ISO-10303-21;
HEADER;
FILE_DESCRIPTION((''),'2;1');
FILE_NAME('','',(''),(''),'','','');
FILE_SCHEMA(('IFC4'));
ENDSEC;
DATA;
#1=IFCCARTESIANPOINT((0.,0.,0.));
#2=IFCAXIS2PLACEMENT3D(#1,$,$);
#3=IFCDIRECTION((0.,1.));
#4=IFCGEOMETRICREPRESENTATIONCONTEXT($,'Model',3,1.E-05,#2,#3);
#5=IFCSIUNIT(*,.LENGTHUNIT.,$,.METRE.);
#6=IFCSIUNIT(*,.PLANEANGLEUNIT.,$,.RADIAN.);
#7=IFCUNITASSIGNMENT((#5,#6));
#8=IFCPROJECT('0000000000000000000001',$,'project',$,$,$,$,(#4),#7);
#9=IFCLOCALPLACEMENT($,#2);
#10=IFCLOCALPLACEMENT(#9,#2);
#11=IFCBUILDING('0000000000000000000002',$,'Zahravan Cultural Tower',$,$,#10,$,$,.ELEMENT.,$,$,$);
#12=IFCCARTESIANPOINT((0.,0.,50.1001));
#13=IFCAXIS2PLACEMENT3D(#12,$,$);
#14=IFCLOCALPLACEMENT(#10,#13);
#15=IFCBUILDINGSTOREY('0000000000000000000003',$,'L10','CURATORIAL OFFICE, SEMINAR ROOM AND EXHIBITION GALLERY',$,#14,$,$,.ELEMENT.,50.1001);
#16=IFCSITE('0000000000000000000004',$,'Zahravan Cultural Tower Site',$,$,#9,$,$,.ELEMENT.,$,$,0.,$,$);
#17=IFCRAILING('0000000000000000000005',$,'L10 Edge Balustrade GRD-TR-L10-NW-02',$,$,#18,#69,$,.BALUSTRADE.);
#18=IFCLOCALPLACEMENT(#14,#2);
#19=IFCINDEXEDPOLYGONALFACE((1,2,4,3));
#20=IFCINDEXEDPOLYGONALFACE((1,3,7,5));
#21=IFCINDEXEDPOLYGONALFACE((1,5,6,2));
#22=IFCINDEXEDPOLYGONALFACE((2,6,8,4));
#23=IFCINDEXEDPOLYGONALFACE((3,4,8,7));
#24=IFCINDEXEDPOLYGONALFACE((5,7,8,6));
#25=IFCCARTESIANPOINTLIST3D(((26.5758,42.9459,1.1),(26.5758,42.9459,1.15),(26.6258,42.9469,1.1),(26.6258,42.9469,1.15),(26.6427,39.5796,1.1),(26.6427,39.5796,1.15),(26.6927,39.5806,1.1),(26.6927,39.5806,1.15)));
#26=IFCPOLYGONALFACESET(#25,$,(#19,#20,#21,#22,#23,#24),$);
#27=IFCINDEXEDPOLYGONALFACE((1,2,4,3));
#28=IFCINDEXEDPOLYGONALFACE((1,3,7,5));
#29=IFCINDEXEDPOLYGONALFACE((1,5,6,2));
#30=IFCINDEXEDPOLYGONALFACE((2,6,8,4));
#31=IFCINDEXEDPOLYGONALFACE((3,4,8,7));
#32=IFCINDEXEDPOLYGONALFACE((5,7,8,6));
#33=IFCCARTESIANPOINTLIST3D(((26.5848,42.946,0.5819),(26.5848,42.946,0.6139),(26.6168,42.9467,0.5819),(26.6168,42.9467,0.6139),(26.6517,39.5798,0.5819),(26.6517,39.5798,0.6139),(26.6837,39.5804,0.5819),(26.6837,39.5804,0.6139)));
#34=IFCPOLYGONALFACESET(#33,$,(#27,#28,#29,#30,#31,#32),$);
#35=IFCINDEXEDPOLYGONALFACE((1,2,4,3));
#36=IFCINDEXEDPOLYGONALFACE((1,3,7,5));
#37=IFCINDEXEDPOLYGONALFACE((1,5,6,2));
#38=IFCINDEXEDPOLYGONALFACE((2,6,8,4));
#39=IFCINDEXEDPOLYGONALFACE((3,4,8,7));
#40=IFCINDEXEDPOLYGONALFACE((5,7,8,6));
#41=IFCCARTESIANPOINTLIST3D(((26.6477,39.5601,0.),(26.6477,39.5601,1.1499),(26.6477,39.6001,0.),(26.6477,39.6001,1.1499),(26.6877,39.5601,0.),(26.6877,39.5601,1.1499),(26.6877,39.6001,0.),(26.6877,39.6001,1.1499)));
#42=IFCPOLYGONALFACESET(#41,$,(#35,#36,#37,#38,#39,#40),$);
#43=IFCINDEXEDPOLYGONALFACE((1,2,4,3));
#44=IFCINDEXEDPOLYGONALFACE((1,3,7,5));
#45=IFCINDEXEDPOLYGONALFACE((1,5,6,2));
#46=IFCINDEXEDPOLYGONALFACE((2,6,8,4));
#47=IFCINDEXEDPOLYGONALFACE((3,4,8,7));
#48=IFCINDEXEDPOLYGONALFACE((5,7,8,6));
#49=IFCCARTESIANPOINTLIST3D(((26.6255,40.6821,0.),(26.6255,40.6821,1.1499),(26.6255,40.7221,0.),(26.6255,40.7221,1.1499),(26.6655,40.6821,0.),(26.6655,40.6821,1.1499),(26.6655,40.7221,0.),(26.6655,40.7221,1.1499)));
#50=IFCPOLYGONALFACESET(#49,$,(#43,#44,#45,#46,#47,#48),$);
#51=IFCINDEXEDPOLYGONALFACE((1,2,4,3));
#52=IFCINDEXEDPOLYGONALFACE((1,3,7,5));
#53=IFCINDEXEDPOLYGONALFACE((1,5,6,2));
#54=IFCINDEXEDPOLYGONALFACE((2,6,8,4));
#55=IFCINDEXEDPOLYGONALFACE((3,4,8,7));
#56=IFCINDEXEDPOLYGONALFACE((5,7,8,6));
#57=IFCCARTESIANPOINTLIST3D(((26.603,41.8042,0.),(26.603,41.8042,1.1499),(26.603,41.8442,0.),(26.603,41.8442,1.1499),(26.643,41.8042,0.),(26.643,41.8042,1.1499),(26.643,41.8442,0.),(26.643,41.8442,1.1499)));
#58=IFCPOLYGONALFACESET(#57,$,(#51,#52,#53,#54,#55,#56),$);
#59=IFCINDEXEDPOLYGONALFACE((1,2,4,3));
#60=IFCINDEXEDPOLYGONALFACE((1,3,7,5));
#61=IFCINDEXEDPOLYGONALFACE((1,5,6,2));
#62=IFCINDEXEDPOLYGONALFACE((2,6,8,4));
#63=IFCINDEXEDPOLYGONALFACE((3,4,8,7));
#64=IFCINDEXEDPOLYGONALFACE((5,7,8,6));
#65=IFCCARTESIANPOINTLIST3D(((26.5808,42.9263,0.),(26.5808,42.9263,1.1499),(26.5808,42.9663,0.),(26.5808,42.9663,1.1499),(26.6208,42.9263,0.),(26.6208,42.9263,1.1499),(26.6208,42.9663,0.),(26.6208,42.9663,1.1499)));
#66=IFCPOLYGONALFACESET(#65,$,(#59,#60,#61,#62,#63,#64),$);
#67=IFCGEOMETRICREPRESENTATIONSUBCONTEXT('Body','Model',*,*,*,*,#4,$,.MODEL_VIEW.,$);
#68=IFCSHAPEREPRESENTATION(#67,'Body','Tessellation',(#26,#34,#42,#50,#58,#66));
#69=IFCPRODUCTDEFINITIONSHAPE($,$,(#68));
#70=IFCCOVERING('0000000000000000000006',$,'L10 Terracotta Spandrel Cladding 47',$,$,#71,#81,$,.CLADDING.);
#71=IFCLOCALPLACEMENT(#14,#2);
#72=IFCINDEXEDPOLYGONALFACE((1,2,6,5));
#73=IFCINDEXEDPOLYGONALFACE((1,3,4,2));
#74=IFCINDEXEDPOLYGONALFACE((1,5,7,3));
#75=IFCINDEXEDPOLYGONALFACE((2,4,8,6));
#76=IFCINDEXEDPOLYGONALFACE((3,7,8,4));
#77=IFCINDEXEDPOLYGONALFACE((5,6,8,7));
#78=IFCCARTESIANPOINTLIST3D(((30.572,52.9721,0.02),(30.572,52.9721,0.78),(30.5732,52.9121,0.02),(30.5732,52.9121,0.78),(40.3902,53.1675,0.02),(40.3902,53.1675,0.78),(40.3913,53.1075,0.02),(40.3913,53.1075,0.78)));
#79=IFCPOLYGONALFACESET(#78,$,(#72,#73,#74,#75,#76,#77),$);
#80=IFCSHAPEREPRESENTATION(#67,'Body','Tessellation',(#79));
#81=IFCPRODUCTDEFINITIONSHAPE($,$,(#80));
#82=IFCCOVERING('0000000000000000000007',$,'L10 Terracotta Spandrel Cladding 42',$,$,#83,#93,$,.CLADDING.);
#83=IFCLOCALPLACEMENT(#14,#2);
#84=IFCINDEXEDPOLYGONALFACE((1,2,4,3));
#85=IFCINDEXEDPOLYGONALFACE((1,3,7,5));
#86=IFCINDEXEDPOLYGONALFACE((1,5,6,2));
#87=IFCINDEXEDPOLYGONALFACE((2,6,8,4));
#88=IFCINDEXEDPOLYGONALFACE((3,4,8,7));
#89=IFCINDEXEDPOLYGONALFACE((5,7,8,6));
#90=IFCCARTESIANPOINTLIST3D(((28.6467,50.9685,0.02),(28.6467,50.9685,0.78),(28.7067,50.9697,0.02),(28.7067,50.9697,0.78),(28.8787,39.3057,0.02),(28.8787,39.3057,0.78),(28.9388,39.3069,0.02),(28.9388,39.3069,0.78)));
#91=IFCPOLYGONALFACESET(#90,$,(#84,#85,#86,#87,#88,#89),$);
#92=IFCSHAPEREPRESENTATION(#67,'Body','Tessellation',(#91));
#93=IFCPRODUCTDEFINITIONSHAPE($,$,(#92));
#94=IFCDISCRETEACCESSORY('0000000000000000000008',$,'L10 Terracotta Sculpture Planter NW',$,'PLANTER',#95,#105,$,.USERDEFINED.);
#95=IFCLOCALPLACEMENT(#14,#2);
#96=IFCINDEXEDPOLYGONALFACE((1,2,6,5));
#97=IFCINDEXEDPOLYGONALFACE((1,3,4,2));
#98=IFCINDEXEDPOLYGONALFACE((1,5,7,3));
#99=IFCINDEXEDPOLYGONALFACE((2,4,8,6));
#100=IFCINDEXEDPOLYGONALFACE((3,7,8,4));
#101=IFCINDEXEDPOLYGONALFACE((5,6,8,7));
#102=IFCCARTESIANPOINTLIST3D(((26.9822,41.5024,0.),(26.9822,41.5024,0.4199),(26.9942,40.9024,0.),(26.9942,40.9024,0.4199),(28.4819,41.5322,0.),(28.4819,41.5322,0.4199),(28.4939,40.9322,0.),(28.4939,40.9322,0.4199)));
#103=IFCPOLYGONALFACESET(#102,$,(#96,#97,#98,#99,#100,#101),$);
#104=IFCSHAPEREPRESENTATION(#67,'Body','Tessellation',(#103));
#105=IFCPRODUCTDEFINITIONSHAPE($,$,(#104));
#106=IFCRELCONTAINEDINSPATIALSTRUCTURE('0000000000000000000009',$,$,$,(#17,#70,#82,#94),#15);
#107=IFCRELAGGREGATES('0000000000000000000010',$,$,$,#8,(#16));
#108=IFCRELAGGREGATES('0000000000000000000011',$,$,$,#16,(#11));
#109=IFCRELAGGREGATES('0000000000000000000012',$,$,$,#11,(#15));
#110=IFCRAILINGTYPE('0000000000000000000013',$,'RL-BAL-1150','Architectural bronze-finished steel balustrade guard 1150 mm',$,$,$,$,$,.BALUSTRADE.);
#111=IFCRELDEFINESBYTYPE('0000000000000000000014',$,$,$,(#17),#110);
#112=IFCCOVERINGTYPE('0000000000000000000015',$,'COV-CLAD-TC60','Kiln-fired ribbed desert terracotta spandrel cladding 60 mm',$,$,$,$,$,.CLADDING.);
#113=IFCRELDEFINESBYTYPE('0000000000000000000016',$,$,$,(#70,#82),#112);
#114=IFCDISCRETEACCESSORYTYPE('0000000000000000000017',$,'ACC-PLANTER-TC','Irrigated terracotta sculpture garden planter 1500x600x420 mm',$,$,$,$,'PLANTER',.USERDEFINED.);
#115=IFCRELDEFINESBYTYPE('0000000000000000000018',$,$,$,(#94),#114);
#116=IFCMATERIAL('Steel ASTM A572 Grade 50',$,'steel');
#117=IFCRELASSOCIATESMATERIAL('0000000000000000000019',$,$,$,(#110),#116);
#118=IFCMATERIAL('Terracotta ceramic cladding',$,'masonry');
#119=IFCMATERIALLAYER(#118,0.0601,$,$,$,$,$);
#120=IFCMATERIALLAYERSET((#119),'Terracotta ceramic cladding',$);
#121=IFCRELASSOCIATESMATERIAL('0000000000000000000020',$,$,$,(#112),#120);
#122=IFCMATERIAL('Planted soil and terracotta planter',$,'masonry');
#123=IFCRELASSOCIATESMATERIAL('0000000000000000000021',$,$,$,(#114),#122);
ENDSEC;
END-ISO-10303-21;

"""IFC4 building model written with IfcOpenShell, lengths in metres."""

from ifc_helpers import new_model, si_unit, direction, frame, origin, origin_2d, place, context, subcontext, project, spatial, rectangle, extrude, source, transform, mapped, material, layer, layer_set, type_object, element, save


model = new_model("IFC4")

# Units and contexts
model_context = context("Model", 3, precision=1e-05, world=origin(), true_north=direction((0.0, 1.0)))
body_context = subcontext(model_context, "Body", "Model", "MODEL_VIEW")
ifc_project = project(units=[si_unit("LENGTHUNIT", "METRE"), si_unit("PLANEANGLEUNIT", "RADIAN")], contexts=[model_context])

# Site, building, storey
site_placement = place(None, origin())
site = spatial("IfcSite", under=ifc_project, at=site_placement, Name="Zahravan Cultural Tower Site", CompositionType="ELEMENT", RefElevation=0.0)
building_placement = place(site_placement, origin())
building = spatial("IfcBuilding", under=site, at=building_placement, Name="Zahravan Cultural Tower", CompositionType="ELEMENT")
storey_placement = place(building_placement, frame((0.0, 0.0, 50.1001)))
storey = spatial("IfcBuildingStorey", under=building, at=storey_placement, Name="L10", Description="CURATORIAL OFFICE, SEMINAR ROOM AND EXHIBITION GALLERY", CompositionType="ELEMENT", Elevation=50.1001)

# Shared definitions
ifc_material_1 = material(Name="Steel ASTM A572 Grade 50", Category="steel")

# Railing
railing_type = type_object("IfcRailingType", Name="RL-BAL-1150", Description="Architectural bronze-finished steel balustrade guard 1150 mm", PredefinedType="BALUSTRADE", material=ifc_material_1)
railing_placement = place(storey_placement, frame((26.6677, 39.5801, 0.0)))
element("IfcRailing", 1, at=railing_placement, inside=storey, type_object=railing_type, Name="L10 Edge Balustrade GRD-TR-L10-NW-02", PredefinedType="BALUSTRADE", context=body_context, shape_type="SweptSolid", body=[
    extrude(rectangle(XDim=0.05, YDim=0.05, at=origin_2d()), frame((0.0, 0.0, 1.125), z_axis=(-0.019868, 0.999803, 0.0), x_axis=(-0.999803, -0.019868, 0.0)), (0.0, 0.0, 1.0), 3.3669),
    extrude(rectangle(XDim=0.032, YDim=0.032, at=origin_2d()), frame((0.0, 0.0, 0.5979), z_axis=(-0.019868, 0.999803, 0.0), x_axis=(-0.999803, -0.019868, 0.0)), (0.0, 0.0, 1.0), 3.3669),
    extrude(rectangle(XDim=0.04, YDim=0.04, at=origin_2d()), origin(), (0.0, 0.0, 1.0), 1.1499),
    extrude(rectangle(XDim=0.04, YDim=0.04, at=origin_2d()), frame((-0.0222, 1.1221, 0.0)), (0.0, 0.0, 1.0), 1.1499),
    extrude(rectangle(XDim=0.04, YDim=0.04, at=origin_2d()), frame((-0.0447, 2.2441, 0.0)), (0.0, 0.0, 1.0), 1.1499),
    extrude(rectangle(XDim=0.04, YDim=0.04, at=origin_2d()), frame((-0.0669, 3.3662, 0.0)), (0.0, 0.0, 1.0), 1.1499),
])

# Coverings
ifc_material_2 = material(Name="Terracotta ceramic cladding", Category="masonry")
ifc_layer_1 = layer(ifc_material_2, 0.0601)
ifc_layer_set_1 = layer_set([ifc_layer_1], Name="Terracotta ceramic cladding")
covering_type = type_object("IfcCoveringType", Name="COV-CLAD-TC60", Description="Kiln-fired ribbed desert terracotta spandrel cladding 60 mm", PredefinedType="CLADDING", material=ifc_layer_set_1)
shared_shape_1 = source(origin(), body_context, "Body", "SweptSolid", [
    extrude(rectangle(XDim=9.8201, YDim=0.0601, at=origin_2d()), origin(), (0.0, 0.0, 1.0), 0.76),
])
covering_1_placement = place(storey_placement, frame((35.4817, 53.0398, 0.02), z_axis=(0.0, 0.0, 1.0), x_axis=(0.999802, 0.019895, 0.0)))
element("IfcCovering", 2, at=covering_1_placement, inside=storey, type_object=covering_type, Name="L10 Terracotta Spandrel Cladding 47", PredefinedType="CLADDING", context=body_context, shape_type="MappedRepresentation", body=[
    mapped(shared_shape_1, transform((0.0, 0.0, 0.0), x_axis=(1.0, 0.0, 0.0), y_axis=(0.0, 1.0, 0.0), z_axis=(0.0, 0.0, 1.0), scale=1.0)),
])
shared_shape_2 = source(origin(), body_context, "Body", "SweptSolid", [
    extrude(rectangle(XDim=11.665, YDim=0.0601, at=origin_2d()), origin(), (0.0, 0.0, 1.0), 0.76),
])
covering_2_placement = place(storey_placement, frame((28.7927, 45.1377, 0.02), z_axis=(0.0, 0.0, 1.0), x_axis=(-0.019895, 0.999802, 0.0)))
element("IfcCovering", 3, at=covering_2_placement, inside=storey, type_object=covering_type, Name="L10 Terracotta Spandrel Cladding 42", PredefinedType="CLADDING", context=body_context, shape_type="MappedRepresentation", body=[
    mapped(shared_shape_2, transform((0.0, 0.0, 0.0), x_axis=(1.0, 0.0, 0.0), y_axis=(0.0, 1.0, 0.0), z_axis=(0.0, 0.0, 1.0), scale=1.0)),
])

# Discrete accessory
ifc_material_3 = material(Name="Planted soil and terracotta planter", Category="masonry")
discrete_accessory_type = type_object("IfcDiscreteAccessoryType", Name="ACC-PLANTER-TC", Description="Irrigated terracotta sculpture garden planter 1500x600x420 mm", ElementType="PLANTER", PredefinedType="USERDEFINED", material=ifc_material_3)
shared_shape_3 = source(origin(), body_context, "Body", "SweptSolid", [
    extrude(rectangle(XDim=1.5, YDim=0.6001, at=origin_2d()), origin(), (0.0, 0.0, 1.0), 0.4199),
])
discrete_accessory_placement = place(storey_placement, frame((27.738, 41.2173, 0.0), z_axis=(0.0, 0.0, 1.0), x_axis=(0.999802, 0.019895, 0.0)))
element("IfcDiscreteAccessory", 4, at=discrete_accessory_placement, inside=storey, type_object=discrete_accessory_type, Name="L10 Terracotta Sculpture Planter NW", ObjectType="PLANTER", PredefinedType="USERDEFINED", context=body_context, shape_type="MappedRepresentation", body=[
    mapped(shared_shape_3, transform((0.0, 0.0, 0.0), x_axis=(1.0, 0.0, 0.0), y_axis=(0.0, 1.0, 0.0), z_axis=(0.0, 0.0, 1.0), scale=1.0)),
])

save(model, "model.ifc")
